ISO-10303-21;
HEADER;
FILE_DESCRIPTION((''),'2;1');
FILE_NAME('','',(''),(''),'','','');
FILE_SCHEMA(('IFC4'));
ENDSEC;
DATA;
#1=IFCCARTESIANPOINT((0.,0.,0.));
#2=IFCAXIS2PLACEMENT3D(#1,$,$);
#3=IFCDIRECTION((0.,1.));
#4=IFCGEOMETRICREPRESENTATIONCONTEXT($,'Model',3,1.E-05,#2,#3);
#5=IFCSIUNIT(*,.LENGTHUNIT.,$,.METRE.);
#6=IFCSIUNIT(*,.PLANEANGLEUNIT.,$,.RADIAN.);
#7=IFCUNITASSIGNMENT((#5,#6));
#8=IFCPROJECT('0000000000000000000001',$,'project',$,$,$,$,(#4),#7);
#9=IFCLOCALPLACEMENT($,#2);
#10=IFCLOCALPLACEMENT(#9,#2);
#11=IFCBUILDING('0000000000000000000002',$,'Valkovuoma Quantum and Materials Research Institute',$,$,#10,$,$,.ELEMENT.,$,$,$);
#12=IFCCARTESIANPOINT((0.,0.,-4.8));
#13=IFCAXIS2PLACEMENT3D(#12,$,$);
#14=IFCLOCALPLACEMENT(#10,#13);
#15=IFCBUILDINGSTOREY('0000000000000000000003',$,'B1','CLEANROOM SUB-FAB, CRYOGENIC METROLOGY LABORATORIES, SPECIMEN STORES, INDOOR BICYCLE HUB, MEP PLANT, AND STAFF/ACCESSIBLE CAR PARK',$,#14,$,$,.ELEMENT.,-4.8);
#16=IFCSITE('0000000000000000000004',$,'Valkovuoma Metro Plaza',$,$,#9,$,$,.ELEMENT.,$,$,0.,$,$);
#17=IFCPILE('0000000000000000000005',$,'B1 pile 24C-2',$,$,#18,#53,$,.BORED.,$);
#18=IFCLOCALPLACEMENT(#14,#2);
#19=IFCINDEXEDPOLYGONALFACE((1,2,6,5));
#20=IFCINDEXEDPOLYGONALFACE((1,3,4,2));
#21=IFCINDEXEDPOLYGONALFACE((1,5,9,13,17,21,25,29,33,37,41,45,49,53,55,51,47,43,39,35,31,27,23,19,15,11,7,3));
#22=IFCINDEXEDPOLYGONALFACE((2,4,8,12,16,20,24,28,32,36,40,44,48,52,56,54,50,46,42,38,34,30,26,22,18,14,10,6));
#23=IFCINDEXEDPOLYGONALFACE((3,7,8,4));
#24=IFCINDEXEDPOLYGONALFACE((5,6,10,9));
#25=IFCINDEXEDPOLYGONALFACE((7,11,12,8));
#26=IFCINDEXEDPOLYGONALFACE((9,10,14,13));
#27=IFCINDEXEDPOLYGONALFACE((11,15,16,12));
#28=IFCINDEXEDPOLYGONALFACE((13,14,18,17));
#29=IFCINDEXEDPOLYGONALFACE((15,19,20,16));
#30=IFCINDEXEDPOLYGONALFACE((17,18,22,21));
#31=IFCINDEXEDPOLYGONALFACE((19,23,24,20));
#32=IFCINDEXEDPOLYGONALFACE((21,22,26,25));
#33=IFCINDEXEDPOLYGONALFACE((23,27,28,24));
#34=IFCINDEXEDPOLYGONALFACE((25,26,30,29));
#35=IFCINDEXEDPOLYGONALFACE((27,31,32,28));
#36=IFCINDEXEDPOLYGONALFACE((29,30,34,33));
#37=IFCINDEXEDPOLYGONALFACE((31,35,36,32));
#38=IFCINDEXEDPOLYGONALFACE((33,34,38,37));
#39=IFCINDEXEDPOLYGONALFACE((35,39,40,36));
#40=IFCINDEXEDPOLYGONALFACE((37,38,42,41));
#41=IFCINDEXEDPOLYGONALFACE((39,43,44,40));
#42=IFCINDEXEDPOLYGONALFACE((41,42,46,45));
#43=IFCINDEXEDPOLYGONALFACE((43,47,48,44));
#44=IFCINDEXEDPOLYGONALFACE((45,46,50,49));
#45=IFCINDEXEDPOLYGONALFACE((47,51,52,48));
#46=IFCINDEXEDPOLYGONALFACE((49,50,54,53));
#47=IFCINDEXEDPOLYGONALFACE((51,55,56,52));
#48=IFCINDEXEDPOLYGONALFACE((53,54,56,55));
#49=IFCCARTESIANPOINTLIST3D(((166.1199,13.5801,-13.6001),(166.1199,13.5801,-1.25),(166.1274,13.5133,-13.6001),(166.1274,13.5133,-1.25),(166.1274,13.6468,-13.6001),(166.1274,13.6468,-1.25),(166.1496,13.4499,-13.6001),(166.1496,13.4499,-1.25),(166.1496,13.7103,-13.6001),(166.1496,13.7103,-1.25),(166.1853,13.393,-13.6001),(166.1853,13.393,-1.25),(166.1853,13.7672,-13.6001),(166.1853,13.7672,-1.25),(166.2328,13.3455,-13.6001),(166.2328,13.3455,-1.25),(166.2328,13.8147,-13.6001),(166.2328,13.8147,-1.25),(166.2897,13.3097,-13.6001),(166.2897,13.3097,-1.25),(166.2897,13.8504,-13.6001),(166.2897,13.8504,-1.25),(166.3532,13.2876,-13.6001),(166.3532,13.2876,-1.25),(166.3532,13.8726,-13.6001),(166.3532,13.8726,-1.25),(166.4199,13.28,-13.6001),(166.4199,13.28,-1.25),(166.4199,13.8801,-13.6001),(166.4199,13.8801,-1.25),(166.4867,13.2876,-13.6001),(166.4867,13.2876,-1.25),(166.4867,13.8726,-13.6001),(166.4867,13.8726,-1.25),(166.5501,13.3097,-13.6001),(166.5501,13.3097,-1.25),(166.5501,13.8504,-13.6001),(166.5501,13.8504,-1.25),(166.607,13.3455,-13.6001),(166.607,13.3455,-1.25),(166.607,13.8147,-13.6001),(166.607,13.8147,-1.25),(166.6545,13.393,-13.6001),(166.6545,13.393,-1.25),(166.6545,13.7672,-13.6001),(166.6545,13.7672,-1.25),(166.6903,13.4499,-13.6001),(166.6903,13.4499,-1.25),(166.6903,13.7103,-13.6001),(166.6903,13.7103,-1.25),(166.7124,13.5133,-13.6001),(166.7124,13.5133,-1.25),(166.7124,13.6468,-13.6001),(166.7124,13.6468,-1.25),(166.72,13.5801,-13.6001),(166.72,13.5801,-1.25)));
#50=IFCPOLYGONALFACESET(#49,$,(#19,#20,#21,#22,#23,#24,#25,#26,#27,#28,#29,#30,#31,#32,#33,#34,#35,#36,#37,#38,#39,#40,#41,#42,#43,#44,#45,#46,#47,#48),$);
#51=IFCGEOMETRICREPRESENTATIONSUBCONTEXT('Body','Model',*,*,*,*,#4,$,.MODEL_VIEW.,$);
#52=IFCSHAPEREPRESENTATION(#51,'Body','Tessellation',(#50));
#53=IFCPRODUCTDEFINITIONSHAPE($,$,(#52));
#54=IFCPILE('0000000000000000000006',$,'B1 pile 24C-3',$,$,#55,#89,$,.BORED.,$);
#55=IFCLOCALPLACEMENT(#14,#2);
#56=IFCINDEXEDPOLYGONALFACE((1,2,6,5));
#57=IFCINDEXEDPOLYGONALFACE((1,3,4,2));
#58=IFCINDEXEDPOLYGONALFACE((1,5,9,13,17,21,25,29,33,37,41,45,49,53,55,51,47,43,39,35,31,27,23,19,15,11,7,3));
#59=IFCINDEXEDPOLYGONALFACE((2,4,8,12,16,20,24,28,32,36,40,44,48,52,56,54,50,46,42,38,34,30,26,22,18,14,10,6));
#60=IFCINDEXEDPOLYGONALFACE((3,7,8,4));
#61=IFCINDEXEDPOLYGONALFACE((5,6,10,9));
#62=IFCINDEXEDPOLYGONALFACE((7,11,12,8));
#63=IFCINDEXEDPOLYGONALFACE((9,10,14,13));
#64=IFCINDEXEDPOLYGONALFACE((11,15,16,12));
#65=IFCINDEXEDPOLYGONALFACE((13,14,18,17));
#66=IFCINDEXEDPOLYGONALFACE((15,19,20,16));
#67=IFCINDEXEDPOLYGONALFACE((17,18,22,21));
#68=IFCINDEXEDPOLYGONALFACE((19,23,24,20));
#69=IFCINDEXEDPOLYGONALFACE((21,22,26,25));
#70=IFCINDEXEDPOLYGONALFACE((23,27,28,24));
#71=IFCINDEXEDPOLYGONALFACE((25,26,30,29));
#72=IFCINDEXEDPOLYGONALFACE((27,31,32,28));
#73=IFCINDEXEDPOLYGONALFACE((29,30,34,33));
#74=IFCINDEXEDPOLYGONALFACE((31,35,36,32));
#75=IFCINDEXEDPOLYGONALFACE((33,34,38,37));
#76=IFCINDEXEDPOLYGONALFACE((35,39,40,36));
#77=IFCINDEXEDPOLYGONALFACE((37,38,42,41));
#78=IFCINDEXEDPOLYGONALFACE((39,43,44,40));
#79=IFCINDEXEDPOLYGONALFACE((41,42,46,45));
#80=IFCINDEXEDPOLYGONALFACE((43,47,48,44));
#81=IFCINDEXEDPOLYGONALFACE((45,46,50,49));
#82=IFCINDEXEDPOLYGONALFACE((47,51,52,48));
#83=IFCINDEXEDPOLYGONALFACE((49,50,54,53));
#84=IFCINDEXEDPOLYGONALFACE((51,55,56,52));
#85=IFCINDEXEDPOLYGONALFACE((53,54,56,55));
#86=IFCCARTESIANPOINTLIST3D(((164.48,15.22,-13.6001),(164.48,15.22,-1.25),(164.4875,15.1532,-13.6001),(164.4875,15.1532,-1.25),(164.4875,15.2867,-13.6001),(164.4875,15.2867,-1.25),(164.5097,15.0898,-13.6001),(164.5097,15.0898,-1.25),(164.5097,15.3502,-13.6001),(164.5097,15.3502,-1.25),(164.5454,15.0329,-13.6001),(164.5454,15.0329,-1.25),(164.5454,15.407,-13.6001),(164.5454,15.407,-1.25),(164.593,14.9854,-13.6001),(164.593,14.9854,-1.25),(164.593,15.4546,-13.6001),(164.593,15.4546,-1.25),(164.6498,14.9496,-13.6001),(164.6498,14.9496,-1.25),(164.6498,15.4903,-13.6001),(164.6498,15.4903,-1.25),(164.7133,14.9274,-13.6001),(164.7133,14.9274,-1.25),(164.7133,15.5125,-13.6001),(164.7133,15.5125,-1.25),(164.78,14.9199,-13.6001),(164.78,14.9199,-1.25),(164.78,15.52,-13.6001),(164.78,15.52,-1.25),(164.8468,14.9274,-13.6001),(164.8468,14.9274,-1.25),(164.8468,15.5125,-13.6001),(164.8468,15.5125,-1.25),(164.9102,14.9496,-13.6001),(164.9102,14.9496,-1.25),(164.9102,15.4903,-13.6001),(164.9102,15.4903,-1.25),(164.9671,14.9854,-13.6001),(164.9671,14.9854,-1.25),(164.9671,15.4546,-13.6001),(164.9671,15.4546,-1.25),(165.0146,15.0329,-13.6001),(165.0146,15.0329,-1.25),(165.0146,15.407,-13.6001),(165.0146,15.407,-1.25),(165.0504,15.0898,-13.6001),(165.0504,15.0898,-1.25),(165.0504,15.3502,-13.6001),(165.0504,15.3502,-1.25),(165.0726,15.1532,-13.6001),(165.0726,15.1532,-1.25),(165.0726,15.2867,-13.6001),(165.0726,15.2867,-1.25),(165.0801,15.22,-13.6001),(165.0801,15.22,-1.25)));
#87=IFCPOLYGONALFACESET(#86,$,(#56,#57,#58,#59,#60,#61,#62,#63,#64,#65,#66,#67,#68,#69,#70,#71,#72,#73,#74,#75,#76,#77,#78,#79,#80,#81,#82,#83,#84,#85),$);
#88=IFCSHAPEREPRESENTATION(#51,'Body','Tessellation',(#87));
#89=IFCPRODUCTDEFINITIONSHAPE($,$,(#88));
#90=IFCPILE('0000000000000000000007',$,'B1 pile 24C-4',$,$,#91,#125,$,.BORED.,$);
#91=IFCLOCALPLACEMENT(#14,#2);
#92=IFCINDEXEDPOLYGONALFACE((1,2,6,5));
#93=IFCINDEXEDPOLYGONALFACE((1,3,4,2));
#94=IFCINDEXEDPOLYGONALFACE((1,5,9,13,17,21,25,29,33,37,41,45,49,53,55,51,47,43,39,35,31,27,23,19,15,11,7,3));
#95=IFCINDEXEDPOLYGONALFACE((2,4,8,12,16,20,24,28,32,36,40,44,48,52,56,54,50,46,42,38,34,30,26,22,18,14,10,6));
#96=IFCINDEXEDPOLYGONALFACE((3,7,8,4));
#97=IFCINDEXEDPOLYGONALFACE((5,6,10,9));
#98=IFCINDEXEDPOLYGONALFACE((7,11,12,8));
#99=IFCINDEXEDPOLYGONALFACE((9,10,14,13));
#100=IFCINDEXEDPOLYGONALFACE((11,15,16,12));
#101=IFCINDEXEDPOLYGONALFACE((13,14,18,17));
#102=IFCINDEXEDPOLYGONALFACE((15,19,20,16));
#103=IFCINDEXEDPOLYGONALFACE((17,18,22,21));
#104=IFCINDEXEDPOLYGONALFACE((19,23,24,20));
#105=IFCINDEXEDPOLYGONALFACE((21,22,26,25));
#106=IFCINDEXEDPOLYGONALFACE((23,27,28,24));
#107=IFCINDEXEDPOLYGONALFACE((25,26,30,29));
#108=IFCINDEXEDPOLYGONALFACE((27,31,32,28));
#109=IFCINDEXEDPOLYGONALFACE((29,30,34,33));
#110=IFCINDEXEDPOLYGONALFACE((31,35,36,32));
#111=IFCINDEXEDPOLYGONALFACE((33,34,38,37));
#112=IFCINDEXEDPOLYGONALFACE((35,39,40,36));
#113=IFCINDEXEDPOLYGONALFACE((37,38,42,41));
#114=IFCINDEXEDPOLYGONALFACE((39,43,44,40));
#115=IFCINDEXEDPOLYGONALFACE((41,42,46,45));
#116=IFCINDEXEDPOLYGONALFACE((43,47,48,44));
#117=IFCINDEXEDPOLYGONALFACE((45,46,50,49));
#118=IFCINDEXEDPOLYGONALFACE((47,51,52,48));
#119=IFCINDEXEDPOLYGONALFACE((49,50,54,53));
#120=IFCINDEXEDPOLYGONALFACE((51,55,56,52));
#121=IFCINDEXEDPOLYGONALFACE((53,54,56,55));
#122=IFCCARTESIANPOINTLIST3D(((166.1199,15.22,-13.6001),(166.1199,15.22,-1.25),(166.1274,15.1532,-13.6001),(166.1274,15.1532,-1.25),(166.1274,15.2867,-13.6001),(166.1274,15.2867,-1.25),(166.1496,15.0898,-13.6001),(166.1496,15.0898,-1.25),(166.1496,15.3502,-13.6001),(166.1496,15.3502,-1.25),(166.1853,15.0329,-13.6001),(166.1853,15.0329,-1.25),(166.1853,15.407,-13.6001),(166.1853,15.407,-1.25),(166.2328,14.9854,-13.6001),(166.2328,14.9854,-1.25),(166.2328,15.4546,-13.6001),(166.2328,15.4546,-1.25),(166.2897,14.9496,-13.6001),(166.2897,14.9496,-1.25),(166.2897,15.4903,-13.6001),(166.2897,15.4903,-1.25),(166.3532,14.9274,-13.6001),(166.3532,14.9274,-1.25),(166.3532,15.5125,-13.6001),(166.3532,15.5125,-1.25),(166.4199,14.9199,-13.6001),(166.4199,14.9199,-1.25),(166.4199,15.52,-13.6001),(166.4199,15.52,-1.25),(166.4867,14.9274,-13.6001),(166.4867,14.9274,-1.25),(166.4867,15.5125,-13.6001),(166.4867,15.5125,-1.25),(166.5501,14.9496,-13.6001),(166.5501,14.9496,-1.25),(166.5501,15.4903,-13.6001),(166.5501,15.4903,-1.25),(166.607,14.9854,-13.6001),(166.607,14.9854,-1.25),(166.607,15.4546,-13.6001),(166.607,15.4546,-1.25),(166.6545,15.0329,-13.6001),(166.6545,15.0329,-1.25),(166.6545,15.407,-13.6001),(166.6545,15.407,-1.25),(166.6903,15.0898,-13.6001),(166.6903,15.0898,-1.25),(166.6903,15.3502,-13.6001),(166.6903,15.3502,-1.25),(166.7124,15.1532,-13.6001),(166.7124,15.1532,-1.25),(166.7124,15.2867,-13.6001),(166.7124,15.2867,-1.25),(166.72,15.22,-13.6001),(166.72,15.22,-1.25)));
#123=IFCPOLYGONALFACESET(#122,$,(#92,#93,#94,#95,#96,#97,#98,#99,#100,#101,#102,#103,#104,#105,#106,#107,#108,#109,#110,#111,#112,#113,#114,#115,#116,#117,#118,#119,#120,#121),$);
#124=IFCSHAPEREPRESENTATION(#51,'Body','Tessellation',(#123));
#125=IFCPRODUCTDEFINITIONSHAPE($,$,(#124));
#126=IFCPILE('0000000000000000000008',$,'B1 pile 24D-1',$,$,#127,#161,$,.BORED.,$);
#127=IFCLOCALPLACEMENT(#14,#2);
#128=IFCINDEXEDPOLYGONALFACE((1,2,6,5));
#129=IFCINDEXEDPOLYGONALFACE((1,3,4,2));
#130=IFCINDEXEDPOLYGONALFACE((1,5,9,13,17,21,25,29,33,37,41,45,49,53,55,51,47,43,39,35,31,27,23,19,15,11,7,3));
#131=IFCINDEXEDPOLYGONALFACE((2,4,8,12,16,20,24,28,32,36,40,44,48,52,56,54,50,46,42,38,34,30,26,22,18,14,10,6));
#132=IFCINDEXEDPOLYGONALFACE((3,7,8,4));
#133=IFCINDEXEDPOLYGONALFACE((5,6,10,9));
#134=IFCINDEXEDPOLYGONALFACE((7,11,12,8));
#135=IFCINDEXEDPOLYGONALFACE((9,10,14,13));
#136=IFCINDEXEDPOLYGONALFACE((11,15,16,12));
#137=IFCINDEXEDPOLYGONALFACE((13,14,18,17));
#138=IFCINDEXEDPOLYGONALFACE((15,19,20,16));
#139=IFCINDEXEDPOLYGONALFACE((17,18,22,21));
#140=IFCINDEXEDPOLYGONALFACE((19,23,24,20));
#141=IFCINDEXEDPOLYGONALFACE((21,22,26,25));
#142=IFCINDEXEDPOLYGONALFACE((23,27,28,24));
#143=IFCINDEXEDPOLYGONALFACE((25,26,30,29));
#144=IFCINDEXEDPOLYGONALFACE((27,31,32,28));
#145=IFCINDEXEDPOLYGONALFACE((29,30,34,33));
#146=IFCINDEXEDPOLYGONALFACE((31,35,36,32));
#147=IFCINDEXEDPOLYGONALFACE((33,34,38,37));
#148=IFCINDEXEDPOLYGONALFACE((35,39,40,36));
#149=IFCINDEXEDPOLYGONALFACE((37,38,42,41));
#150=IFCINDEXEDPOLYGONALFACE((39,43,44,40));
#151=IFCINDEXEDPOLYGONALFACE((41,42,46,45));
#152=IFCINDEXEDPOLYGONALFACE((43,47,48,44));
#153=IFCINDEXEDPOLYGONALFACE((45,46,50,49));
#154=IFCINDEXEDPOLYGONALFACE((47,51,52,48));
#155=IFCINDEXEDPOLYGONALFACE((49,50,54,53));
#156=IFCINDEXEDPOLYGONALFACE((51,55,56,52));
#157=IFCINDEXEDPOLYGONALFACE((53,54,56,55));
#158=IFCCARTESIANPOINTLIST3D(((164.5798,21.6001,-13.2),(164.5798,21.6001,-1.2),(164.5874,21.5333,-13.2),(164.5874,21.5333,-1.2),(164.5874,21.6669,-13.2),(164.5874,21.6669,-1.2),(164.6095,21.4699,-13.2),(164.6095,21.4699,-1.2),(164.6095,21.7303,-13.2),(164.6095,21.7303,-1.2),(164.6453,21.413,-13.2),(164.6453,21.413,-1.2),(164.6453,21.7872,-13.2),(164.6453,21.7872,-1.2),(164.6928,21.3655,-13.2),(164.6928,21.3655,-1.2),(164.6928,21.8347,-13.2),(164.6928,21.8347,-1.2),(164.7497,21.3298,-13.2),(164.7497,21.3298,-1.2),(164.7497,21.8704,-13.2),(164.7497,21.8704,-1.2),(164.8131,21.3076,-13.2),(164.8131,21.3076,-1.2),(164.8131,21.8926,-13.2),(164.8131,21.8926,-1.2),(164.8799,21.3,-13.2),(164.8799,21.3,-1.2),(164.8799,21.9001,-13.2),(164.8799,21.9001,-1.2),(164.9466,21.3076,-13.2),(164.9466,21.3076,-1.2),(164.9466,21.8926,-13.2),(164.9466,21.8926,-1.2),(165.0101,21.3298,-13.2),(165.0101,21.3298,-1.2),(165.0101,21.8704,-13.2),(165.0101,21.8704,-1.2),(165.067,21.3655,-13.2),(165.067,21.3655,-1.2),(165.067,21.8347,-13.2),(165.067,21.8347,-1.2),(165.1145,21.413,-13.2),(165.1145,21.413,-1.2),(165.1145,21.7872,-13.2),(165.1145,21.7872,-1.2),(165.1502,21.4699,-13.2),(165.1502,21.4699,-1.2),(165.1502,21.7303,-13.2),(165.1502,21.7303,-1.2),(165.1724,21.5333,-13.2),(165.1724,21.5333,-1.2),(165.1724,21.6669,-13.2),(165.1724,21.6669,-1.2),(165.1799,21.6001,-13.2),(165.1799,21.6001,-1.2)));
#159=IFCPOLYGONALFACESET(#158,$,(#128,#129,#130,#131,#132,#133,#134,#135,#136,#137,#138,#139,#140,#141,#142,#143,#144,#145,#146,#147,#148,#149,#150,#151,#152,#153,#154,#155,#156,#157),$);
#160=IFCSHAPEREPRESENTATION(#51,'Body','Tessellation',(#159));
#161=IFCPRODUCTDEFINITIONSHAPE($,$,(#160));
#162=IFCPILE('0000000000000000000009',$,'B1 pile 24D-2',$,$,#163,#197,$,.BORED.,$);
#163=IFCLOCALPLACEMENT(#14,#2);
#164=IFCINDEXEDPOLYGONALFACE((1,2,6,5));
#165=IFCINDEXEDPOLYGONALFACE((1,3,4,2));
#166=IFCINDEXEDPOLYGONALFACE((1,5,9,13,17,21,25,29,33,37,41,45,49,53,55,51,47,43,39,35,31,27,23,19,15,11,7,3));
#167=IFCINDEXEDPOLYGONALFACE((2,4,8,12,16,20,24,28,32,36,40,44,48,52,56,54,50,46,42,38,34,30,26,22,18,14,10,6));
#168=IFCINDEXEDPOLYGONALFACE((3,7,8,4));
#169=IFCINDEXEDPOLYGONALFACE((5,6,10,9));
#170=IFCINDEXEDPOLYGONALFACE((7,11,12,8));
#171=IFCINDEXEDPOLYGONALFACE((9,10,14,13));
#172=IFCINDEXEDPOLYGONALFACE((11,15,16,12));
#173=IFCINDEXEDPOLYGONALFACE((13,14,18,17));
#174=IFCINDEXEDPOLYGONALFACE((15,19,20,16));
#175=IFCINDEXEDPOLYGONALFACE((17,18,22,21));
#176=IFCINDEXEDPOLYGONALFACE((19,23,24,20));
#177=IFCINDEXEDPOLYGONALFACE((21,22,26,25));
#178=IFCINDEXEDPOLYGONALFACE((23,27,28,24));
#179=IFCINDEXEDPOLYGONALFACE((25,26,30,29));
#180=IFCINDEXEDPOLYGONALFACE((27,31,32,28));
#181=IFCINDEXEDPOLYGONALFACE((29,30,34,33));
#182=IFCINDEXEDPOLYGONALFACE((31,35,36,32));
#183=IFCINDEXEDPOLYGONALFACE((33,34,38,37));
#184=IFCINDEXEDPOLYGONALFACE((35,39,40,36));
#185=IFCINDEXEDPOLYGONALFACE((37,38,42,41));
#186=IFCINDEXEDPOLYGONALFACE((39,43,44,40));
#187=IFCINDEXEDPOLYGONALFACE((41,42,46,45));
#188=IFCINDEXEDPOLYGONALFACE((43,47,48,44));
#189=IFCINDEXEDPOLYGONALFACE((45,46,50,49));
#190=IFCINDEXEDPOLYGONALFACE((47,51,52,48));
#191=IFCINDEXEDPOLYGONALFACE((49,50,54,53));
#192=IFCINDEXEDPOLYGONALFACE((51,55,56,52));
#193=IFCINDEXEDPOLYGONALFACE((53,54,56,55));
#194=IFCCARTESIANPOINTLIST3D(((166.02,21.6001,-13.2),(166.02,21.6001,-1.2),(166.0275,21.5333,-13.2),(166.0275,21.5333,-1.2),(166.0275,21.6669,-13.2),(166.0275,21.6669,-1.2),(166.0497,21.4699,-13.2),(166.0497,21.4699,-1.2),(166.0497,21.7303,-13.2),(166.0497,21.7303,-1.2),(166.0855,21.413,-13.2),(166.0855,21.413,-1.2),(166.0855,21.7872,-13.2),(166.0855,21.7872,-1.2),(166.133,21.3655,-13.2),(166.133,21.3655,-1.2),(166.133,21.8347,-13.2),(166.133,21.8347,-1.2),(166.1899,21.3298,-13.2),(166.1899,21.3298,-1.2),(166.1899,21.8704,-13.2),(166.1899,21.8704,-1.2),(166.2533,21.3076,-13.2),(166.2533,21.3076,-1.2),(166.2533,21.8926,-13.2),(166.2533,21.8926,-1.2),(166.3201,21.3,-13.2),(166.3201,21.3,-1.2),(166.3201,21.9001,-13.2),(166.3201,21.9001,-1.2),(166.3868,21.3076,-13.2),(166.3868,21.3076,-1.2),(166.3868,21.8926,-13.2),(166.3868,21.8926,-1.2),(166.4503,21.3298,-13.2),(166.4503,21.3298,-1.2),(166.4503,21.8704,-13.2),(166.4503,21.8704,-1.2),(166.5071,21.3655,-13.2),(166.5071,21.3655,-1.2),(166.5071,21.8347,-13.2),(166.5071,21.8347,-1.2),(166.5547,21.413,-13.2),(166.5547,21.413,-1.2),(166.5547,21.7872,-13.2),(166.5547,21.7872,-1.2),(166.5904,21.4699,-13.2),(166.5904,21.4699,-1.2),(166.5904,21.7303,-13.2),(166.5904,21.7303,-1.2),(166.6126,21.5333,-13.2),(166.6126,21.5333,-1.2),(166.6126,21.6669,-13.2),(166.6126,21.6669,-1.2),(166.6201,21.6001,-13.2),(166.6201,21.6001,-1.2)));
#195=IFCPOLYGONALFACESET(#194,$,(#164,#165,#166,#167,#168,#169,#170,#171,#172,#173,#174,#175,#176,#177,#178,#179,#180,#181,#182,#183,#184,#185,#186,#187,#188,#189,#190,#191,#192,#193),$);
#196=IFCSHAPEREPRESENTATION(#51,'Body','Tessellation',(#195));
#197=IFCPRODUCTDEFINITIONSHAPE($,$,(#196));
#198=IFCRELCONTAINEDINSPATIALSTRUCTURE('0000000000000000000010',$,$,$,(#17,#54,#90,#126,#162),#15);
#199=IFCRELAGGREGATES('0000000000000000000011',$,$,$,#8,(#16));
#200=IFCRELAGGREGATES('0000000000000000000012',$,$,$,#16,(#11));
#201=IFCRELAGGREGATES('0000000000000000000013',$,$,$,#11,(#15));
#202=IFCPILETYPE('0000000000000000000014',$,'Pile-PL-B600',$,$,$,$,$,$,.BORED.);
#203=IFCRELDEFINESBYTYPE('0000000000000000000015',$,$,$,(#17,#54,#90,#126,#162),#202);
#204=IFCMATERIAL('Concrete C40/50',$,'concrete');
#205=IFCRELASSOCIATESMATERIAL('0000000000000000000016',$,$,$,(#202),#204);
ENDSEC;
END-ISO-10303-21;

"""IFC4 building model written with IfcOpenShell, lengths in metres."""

from ifc_helpers import new_model, si_unit, direction, frame, origin, origin_2d, place, context, subcontext, project, spatial, circle, extrude, material, material_profile, profile_set, type_object, element, save


model = new_model("IFC4")

# Units and contexts
model_context = context("Model", 3, precision=1e-05, world=origin(), true_north=direction((0.0, 1.0)))
body_context = subcontext(model_context, "Body", "Model", "MODEL_VIEW")
ifc_project = project(units=[si_unit("LENGTHUNIT", "METRE"), si_unit("PLANEANGLEUNIT", "RADIAN")], contexts=[model_context])

# Site, building, storey
site_placement = place(None, origin())
site = spatial("IfcSite", under=ifc_project, at=site_placement, Name="Valkovuoma Metro Plaza", CompositionType="ELEMENT", RefElevation=0.0)
building_placement = place(site_placement, origin())
building = spatial("IfcBuilding", under=site, at=building_placement, Name="Valkovuoma Quantum and Materials Research Institute", CompositionType="ELEMENT")
storey_placement = place(building_placement, frame((0.0, 0.0, -4.8)))
storey = spatial("IfcBuildingStorey", under=building, at=storey_placement, Name="B1", Description="CLEANROOM SUB-FAB, CRYOGENIC METROLOGY LABORATORIES, SPECIMEN STORES, INDOOR BICYCLE HUB, MEP PLANT, AND STAFF/ACCESSIBLE CAR PARK", CompositionType="ELEMENT", Elevation=-4.8)

# Piles
ifc_material_1 = material(Name="Concrete C40/50", Category="concrete")
ifc_material_profile_1 = material_profile(ifc_material_1, circle(Radius=0.3, at=origin_2d()), Name="Concrete C40/50")
ifc_profile_set_1 = profile_set([ifc_material_profile_1], Name="Concrete C40/50")
pile_type_1 = type_object("IfcPileType", Name="Pile-PL-B600", PredefinedType="BORED", material=ifc_profile_set_1)
for number, where, z_axis, x_axis, name in (
    (1, (166.4199, 13.5801, -1.25), (0.0, 0.0, -1.0), (1.0, 0.0, 0.0), "B1 pile 24C-2"),
    (2, (164.78, 15.22, -1.25), (0.0, 0.0, -1.0), (1.0, 0.0, 0.0), "B1 pile 24C-3"),
    (3, (166.4199, 15.22, -1.25), (0.0, 0.0, -1.0), (1.0, 0.0, 0.0), "B1 pile 24C-4"),
):
    element("IfcPile", number, at=place(storey_placement, frame(where, z_axis=z_axis, x_axis=x_axis)), inside=storey, type_object=pile_type_1, Name=name, PredefinedType="BORED", context=body_context, shape_type="SweptSolid", body=[
        extrude(circle(Radius=0.3, at=origin_2d()), origin(), (0.0, 0.0, 1.0), 12.3501),
    ])
for number, where, z_axis, x_axis, name in (
    (4, (164.8799, 21.6001, -1.2), (0.0, 0.0, -1.0), (1.0, 0.0, 0.0), "B1 pile 24D-1"),
    (5, (166.3201, 21.6001, -1.2), (0.0, 0.0, -1.0), (1.0, 0.0, 0.0), "B1 pile 24D-2"),
):
    element("IfcPile", number, at=place(storey_placement, frame(where, z_axis=z_axis, x_axis=x_axis)), inside=storey, type_object=pile_type_1, Name=name, PredefinedType="BORED", context=body_context, shape_type="SweptSolid", body=[
        extrude(circle(Radius=0.3, at=origin_2d()), origin(), (0.0, 0.0, 1.0), 12.0),
    ])

save(model, "model.ifc")
